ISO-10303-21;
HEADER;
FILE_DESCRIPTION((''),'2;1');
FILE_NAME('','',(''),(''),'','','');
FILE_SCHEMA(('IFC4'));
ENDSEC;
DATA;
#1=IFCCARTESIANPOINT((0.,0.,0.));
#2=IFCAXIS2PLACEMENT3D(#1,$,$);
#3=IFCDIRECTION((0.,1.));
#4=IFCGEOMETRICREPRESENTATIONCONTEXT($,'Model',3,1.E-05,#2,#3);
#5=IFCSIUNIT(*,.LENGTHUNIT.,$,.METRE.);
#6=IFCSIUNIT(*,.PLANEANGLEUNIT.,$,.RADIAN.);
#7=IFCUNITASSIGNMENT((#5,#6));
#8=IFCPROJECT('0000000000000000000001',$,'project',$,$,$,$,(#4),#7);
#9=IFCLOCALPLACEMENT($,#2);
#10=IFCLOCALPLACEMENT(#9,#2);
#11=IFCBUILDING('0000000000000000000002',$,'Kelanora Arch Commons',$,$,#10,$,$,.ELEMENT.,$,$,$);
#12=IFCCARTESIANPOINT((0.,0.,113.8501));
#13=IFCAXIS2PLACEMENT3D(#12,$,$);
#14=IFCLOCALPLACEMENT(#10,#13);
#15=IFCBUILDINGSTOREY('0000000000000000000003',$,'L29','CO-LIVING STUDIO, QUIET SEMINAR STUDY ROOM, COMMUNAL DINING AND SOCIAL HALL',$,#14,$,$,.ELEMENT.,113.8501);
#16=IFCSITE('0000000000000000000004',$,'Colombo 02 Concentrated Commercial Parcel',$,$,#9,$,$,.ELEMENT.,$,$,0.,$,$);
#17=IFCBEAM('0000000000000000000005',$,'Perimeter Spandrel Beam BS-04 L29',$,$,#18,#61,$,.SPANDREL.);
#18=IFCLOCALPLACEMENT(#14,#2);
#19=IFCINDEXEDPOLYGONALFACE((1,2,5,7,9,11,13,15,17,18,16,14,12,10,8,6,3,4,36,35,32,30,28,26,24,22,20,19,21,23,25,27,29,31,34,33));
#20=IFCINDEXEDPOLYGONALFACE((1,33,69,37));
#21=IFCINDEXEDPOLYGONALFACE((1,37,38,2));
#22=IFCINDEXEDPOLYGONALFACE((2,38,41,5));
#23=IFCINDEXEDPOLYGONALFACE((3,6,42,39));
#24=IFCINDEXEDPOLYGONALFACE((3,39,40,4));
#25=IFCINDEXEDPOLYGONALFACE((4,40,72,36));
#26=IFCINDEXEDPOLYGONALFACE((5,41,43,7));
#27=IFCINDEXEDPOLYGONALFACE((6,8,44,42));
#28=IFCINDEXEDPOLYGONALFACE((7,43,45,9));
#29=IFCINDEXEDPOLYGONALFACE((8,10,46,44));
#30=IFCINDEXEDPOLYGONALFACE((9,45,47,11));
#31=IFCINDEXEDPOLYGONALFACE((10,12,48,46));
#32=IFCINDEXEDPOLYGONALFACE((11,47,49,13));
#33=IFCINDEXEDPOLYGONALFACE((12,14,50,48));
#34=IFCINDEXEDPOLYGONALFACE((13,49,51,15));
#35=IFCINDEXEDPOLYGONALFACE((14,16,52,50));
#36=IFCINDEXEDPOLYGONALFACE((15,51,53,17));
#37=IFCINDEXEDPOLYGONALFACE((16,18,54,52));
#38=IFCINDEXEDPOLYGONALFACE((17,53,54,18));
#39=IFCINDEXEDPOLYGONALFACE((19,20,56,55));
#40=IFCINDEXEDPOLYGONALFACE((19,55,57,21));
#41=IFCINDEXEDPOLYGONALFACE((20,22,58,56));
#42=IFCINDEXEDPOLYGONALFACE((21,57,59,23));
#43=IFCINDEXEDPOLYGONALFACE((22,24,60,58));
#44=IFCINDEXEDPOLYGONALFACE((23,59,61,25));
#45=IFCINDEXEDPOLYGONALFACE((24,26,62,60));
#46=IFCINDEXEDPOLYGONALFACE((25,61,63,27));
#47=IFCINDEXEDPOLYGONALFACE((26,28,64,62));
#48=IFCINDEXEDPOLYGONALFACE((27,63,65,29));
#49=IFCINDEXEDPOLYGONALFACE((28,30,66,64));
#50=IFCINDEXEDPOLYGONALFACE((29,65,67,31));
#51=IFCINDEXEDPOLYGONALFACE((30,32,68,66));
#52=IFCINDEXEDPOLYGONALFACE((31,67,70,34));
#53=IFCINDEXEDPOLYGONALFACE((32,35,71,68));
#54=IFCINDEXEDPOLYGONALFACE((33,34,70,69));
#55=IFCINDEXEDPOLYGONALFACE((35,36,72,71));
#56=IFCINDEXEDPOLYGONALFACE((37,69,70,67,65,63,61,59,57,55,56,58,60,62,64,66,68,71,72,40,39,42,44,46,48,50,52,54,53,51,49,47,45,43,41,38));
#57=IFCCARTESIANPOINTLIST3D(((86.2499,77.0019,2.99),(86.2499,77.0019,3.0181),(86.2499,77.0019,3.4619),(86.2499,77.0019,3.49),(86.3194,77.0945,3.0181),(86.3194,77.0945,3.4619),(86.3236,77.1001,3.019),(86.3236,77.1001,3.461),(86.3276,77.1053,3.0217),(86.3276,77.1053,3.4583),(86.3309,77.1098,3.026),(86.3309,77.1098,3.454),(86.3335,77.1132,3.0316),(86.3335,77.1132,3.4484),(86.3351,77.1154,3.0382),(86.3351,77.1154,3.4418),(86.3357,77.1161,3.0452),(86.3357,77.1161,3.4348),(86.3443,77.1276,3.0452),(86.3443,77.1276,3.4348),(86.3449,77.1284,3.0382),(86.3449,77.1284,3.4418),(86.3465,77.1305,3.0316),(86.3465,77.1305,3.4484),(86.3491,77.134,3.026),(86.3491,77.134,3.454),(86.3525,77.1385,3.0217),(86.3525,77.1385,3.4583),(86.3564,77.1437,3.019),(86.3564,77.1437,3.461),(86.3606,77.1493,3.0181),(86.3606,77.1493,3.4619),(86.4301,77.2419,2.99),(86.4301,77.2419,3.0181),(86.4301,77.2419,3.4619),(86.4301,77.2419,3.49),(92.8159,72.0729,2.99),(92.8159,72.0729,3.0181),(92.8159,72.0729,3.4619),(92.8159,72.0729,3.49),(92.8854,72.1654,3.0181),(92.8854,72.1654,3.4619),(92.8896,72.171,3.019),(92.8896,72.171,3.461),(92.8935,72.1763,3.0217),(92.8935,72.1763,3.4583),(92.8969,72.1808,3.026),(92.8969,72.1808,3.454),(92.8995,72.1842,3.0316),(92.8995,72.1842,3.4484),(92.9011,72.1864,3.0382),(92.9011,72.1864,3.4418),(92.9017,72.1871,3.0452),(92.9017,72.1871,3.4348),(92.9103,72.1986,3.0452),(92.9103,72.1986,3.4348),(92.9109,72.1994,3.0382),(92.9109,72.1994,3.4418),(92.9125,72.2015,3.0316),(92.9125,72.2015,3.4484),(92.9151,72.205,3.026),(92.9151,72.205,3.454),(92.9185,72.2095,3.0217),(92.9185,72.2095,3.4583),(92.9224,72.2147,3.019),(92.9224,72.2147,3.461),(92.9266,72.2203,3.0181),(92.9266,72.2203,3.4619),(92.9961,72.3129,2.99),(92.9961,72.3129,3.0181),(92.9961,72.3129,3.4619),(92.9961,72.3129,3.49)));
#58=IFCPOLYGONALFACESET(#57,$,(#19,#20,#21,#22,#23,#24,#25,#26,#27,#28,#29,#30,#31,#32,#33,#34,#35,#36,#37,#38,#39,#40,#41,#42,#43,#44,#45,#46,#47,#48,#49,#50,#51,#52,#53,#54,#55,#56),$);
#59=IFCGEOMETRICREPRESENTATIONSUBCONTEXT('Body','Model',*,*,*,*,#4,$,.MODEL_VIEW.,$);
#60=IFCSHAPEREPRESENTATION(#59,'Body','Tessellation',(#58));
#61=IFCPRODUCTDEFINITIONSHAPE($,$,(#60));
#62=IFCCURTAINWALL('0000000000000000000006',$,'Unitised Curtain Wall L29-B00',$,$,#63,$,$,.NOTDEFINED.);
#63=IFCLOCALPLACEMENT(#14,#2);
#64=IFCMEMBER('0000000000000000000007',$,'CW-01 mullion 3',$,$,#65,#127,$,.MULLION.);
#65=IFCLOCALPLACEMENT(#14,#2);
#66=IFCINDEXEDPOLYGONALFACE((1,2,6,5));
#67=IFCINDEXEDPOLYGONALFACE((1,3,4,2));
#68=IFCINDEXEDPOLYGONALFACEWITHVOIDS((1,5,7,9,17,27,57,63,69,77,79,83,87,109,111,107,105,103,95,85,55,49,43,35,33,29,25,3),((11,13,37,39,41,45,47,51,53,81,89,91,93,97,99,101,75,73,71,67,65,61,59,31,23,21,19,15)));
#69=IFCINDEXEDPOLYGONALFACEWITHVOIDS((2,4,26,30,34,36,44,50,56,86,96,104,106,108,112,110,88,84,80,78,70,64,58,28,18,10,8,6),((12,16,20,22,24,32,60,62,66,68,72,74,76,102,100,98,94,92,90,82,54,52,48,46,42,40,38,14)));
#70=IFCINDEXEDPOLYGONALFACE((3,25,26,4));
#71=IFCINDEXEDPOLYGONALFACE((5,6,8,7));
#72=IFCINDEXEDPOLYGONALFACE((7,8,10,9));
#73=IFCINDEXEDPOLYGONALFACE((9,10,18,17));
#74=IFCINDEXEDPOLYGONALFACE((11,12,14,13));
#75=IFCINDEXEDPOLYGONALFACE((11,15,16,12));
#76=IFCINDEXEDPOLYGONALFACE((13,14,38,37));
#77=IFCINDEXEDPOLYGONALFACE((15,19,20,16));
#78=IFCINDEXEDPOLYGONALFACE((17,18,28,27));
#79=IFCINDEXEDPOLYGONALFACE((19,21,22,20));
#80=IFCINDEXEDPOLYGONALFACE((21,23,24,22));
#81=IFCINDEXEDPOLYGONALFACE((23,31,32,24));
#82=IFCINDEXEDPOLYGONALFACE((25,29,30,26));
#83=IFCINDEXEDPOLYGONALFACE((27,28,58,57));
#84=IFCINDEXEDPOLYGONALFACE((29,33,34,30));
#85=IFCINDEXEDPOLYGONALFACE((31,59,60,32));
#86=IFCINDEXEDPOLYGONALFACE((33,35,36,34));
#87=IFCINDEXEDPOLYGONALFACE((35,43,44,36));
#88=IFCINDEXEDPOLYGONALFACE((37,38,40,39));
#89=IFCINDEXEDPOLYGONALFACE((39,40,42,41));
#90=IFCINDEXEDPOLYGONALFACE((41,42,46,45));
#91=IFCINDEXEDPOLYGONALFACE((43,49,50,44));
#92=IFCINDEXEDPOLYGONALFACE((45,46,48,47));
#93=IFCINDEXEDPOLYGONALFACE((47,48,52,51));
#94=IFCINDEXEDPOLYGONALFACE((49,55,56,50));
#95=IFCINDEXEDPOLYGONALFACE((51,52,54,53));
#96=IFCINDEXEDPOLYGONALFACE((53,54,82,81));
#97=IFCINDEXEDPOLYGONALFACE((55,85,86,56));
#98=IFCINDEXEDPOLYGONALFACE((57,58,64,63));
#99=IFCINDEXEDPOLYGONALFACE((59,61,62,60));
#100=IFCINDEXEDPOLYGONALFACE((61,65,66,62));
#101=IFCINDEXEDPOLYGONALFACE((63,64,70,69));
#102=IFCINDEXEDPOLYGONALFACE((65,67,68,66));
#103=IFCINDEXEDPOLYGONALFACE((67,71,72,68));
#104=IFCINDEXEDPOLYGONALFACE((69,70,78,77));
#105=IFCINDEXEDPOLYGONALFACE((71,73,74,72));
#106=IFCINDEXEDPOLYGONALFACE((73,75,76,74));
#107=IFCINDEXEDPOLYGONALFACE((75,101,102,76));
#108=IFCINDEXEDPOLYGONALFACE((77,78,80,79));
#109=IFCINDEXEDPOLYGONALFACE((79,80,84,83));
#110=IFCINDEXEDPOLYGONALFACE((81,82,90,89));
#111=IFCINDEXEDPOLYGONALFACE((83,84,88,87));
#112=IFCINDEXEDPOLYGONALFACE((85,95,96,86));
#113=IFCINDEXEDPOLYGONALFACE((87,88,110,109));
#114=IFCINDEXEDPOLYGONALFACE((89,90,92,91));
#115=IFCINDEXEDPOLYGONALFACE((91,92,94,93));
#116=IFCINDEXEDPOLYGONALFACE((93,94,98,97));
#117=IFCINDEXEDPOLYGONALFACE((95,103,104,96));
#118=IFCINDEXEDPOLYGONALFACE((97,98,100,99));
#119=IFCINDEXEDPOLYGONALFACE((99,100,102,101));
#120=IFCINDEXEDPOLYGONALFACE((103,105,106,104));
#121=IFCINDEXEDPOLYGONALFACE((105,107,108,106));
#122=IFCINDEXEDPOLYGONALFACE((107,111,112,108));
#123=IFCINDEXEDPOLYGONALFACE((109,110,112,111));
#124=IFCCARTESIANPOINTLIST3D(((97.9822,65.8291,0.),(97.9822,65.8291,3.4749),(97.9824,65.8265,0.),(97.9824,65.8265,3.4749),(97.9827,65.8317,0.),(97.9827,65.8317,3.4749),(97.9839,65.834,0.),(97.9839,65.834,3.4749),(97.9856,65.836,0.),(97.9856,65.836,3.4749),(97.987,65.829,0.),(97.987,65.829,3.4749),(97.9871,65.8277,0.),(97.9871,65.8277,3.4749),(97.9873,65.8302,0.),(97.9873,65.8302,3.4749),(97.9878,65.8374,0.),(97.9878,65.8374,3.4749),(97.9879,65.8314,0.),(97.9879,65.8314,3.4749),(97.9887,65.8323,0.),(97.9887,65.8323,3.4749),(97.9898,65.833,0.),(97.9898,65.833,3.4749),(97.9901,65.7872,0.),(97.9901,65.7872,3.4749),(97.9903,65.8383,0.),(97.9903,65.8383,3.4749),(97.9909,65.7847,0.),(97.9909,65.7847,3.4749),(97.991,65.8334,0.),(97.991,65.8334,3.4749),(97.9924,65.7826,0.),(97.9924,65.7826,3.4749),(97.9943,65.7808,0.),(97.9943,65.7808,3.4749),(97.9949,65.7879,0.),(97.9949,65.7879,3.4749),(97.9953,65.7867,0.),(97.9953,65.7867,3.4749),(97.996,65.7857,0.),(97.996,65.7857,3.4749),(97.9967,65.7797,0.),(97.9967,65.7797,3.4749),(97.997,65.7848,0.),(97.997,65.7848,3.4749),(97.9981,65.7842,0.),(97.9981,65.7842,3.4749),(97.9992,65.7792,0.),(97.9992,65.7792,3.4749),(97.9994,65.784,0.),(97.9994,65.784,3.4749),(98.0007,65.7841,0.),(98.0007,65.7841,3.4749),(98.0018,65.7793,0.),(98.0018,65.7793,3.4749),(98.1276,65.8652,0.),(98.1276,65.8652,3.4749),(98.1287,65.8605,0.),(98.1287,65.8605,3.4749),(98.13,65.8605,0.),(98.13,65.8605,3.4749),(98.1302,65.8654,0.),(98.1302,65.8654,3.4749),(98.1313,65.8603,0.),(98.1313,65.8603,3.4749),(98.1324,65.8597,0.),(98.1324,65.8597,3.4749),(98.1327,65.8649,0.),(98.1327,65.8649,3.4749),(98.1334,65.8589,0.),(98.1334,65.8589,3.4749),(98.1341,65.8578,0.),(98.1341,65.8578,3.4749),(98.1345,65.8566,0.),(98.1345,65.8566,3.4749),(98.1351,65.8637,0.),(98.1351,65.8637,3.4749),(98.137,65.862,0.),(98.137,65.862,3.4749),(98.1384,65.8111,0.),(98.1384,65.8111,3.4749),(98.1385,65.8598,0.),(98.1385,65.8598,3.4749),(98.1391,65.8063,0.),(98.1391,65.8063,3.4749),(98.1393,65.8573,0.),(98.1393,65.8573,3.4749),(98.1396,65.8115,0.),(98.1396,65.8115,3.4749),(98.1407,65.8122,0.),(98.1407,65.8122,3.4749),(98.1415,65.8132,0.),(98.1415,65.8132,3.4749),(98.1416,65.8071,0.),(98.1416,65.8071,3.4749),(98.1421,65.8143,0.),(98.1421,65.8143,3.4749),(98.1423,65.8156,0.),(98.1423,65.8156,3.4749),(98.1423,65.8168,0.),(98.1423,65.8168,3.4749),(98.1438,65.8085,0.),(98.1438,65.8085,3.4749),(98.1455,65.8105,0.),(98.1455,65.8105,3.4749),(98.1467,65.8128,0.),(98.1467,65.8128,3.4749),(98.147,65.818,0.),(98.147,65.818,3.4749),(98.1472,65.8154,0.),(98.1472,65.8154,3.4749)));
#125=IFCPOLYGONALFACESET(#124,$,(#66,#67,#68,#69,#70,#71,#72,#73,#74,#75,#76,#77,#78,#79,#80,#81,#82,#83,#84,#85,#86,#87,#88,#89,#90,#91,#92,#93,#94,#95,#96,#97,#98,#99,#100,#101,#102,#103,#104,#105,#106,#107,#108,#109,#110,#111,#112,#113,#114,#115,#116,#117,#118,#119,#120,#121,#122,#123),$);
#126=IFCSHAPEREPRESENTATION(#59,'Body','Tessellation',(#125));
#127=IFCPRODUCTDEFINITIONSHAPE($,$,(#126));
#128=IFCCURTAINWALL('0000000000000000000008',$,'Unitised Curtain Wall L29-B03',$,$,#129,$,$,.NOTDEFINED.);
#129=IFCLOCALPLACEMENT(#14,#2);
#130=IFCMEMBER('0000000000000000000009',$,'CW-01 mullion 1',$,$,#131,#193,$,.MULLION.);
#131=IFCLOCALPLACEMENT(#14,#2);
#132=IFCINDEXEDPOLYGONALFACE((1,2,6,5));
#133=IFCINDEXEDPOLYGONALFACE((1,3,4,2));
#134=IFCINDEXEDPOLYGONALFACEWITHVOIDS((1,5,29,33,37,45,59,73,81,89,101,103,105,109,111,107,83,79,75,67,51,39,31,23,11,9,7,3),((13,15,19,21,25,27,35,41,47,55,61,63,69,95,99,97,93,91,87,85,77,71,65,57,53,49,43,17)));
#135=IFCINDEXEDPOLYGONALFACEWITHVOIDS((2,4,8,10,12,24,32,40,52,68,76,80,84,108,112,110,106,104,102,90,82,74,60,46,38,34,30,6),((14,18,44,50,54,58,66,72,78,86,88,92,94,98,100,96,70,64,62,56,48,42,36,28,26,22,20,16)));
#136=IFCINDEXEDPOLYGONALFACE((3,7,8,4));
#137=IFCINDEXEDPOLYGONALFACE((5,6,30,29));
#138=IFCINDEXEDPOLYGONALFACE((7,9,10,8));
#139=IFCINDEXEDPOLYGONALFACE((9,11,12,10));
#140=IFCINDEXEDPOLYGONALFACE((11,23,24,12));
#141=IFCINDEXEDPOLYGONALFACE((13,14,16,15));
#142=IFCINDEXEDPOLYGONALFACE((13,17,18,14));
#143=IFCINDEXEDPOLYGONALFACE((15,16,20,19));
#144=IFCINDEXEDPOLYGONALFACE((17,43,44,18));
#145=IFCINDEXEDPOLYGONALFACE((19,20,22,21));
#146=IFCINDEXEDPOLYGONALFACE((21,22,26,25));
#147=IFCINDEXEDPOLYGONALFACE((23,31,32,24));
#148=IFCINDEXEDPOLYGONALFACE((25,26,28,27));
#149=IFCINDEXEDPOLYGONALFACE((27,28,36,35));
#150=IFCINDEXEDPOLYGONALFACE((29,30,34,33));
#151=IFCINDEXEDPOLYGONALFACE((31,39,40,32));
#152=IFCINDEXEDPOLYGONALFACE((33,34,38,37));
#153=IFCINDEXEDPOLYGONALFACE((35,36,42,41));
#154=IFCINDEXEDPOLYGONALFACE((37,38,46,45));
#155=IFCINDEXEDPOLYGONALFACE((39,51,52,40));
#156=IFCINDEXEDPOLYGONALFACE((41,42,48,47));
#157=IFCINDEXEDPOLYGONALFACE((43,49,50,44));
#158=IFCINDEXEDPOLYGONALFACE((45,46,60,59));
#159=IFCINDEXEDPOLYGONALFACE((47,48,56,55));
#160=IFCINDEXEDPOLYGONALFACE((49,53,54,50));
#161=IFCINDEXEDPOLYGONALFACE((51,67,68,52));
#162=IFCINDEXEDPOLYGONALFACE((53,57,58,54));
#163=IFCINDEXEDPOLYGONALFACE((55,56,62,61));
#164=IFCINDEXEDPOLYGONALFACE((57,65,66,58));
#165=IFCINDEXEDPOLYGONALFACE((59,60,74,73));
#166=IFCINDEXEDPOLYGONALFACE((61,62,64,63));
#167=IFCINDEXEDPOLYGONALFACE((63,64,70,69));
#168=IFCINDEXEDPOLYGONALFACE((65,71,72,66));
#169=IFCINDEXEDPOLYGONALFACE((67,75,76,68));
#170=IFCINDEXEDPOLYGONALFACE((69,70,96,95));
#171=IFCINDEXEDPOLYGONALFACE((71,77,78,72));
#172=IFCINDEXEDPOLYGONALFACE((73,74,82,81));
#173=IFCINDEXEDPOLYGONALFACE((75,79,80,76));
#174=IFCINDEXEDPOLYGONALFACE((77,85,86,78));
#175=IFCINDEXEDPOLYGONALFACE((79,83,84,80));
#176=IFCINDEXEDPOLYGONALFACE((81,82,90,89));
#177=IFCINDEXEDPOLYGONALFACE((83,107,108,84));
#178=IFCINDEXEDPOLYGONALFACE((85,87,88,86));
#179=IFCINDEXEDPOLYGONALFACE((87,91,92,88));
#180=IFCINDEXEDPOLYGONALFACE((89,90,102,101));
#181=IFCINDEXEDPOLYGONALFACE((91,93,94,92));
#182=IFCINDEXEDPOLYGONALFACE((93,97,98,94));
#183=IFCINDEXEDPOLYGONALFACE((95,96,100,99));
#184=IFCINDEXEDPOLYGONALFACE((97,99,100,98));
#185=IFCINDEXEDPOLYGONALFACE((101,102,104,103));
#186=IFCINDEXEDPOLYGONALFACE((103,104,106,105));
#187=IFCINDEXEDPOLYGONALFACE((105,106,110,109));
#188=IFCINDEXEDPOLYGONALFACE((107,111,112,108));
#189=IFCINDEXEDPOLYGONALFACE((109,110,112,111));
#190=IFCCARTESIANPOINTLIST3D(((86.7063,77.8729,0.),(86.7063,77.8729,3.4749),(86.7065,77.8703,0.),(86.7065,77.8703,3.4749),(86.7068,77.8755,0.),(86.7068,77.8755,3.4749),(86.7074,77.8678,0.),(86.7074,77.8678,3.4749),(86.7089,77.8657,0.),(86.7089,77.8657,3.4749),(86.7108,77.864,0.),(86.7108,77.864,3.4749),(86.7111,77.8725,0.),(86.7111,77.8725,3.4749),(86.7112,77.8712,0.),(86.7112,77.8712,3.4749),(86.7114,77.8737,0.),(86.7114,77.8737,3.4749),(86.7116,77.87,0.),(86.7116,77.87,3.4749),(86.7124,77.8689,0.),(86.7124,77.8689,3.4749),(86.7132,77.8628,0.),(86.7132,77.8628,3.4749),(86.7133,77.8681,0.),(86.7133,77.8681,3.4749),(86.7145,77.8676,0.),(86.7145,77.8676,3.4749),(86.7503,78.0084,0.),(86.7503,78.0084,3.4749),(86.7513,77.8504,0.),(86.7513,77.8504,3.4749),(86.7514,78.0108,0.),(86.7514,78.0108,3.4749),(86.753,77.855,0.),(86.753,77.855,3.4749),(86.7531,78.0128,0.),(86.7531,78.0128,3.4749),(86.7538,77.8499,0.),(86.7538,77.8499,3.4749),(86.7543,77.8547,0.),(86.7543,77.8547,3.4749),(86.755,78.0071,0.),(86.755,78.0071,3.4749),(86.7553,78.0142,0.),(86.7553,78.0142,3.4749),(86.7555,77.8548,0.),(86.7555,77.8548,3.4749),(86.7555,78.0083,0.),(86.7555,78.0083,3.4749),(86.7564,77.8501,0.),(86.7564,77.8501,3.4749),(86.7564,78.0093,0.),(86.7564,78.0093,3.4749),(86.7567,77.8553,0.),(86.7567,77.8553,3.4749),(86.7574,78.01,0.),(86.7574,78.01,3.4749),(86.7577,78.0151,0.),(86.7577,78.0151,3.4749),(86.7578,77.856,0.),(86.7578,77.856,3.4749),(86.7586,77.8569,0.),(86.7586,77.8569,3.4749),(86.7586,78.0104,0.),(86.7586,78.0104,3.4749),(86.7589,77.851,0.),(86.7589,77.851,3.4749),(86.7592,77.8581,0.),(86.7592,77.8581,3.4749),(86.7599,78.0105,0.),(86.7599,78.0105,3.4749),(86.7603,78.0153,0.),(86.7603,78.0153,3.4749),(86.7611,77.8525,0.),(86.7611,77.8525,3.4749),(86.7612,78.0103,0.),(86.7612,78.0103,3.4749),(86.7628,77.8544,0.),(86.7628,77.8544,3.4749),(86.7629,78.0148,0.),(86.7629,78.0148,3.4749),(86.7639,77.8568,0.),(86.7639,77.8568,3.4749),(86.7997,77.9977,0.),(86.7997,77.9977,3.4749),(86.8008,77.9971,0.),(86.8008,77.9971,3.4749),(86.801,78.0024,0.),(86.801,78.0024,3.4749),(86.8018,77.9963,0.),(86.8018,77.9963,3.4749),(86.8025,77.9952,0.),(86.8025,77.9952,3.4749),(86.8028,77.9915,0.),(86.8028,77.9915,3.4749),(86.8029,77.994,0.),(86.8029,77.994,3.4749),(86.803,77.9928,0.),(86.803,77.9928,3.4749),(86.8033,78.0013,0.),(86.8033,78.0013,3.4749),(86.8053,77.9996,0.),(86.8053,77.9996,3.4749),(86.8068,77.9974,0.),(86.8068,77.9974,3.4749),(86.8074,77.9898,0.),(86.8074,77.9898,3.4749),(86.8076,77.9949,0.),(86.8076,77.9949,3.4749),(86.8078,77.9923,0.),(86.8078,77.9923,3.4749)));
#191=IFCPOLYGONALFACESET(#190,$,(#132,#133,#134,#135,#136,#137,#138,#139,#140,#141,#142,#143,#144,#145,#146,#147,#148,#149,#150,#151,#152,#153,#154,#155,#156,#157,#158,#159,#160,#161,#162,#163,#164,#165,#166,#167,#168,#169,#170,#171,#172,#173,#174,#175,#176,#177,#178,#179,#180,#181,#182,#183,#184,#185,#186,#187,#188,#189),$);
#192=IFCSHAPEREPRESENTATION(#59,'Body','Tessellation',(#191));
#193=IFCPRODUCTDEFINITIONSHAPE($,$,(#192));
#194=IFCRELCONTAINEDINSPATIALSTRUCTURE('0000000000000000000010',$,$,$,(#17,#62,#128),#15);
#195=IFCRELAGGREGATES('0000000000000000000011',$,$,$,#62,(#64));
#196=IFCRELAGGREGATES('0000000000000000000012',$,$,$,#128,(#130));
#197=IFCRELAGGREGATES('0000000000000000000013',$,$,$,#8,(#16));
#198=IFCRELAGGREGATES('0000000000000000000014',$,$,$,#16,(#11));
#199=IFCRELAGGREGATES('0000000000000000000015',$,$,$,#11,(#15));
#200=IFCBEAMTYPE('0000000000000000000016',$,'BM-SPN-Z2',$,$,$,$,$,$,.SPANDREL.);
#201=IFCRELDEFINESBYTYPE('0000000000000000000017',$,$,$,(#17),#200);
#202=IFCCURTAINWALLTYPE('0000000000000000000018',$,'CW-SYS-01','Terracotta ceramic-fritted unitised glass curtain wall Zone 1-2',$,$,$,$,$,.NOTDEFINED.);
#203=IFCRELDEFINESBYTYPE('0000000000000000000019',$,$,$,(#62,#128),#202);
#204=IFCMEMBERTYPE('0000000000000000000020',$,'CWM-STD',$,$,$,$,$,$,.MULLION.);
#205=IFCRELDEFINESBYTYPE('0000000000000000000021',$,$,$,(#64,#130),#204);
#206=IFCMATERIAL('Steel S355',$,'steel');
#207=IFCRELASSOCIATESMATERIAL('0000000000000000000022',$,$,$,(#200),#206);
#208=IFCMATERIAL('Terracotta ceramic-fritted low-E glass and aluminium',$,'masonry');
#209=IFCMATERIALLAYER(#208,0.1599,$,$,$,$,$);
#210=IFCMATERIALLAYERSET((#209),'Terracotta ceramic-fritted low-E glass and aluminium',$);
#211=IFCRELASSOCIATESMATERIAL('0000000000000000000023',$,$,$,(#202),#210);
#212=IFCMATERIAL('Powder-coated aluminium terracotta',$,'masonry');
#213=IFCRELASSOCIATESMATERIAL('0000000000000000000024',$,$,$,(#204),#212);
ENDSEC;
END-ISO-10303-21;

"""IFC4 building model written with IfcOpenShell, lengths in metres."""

from ifc_helpers import new_model, si_unit, direction, frame, origin, origin_2d, place, context, subcontext, project, spatial, hollow_rectangle, i_section, extrude, material, layer, layer_set, material_profile, profile_set, type_object, element, aggregate, save


model = new_model("IFC4")

# Units and contexts
model_context = context("Model", 3, precision=1e-05, world=origin(), true_north=direction((0.0, 1.0)))
body_context = subcontext(model_context, "Body", "Model", "MODEL_VIEW")
ifc_project = project(units=[si_unit("LENGTHUNIT", "METRE"), si_unit("PLANEANGLEUNIT", "RADIAN")], contexts=[model_context])

# Site, building, storey
site_placement = place(None, origin())
site = spatial("IfcSite", under=ifc_project, at=site_placement, Name="Colombo 02 Concentrated Commercial Parcel", CompositionType="ELEMENT", RefElevation=0.0)
building_placement = place(site_placement, origin())
building = spatial("IfcBuilding", under=site, at=building_placement, Name="Kelanora Arch Commons", CompositionType="ELEMENT")
storey_placement = place(building_placement, frame((0.0, 0.0, 113.8501)))
storey = spatial("IfcBuildingStorey", under=building, at=storey_placement, Name="L29", Description="CO-LIVING STUDIO, QUIET SEMINAR STUDY ROOM, COMMUNAL DINING AND SOCIAL HALL", CompositionType="ELEMENT", Elevation=113.8501)

# Beam
ifc_material_1 = material(Name="Steel S355", Category="steel")
ifc_material_profile_1 = material_profile(ifc_material_1, i_section(OverallWidth=0.3, OverallDepth=0.5, WebThickness=0.0144, FlangeThickness=0.0281, FilletRadius=0.0271, at=origin_2d()), Name="HEB500")
ifc_profile_set_1 = profile_set([ifc_material_profile_1], Name="Steel S355")
beam_type_1 = type_object("IfcBeamType", Name="BM-SPN-Z2", PredefinedType="SPANDREL", material=ifc_profile_set_1)
beam_1_placement = place(storey_placement, frame((92.906, 72.1929, 3.24), z_axis=(-0.799736, 0.600352, 0.0), x_axis=(-0.600352, -0.799736, 0.0)))
element("IfcBeam", 1, at=beam_1_placement, inside=storey, type_object=beam_type_1, Name="Perimeter Spandrel Beam BS-04 L29", PredefinedType="SPANDREL", context=body_context, shape_type="SweptSolid", body=[
    extrude(i_section(OverallWidth=0.3, OverallDepth=0.5, WebThickness=0.0144, FlangeThickness=0.0281, FilletRadius=0.0271, at=origin_2d()), origin(), (0.0, 0.0, 1.0), 8.2102),
])

# Curtain wall, member
ifc_material_2 = material(Name="Terracotta ceramic-fritted low-E glass and aluminium", Category="masonry")
ifc_layer_1 = layer(ifc_material_2, 0.1599)
ifc_layer_set_1 = layer_set([ifc_layer_1], Name="Terracotta ceramic-fritted low-E glass and aluminium")
curtain_wall_type = type_object("IfcCurtainWallType", Name="CW-SYS-01", Description="Terracotta ceramic-fritted unitised glass curtain wall Zone 1-2", PredefinedType="NOTDEFINED", material=ifc_layer_set_1)
curtain_wall_1_placement = place(storey_placement, origin())
curtain_wall_1 = element("IfcCurtainWall", 2, at=curtain_wall_1_placement, inside=storey, type_object=curtain_wall_type, Name="Unitised Curtain Wall L29-B00", PredefinedType="NOTDEFINED")
ifc_material_3 = material(Name="Powder-coated aluminium terracotta", Category="masonry")
ifc_material_profile_2 = material_profile(ifc_material_3, hollow_rectangle(XDim=0.1599, YDim=0.0601, WallThickness=0.0049, InnerFilletRadius=0.0049, OuterFilletRadius=0.01, at=origin_2d()), Name="CWM160x60")
ifc_profile_set_2 = profile_set([ifc_material_profile_2], Name="Powder-coated aluminium terracotta")
member_type_1 = type_object("IfcMemberType", Name="CWM-STD", PredefinedType="MULLION", material=ifc_profile_set_2)
member_1_placement = place(storey_placement, frame((98.0647, 65.8223, 0.0), z_axis=(0.0, 0.0, 1.0), x_axis=(-0.98128, -0.192585, 0.0)))
member_1 = element("IfcMember", 3, at=member_1_placement, type_object=member_type_1, Name="CW-01 mullion 3", PredefinedType="MULLION", context=body_context, shape_type="SweptSolid", body=[
    extrude(hollow_rectangle(XDim=0.1599, YDim=0.0601, WallThickness=0.0049, InnerFilletRadius=0.0049, OuterFilletRadius=0.01, at=origin_2d()), origin(), (0.0, 0.0, 1.0), 3.4749),
])
aggregate(curtain_wall_1, [member_1])

# Curtain wall, member
curtain_wall_2_placement = place(storey_placement, origin())
curtain_wall_2 = element("IfcCurtainWall", 4, at=curtain_wall_2_placement, inside=storey, type_object=curtain_wall_type, Name="Unitised Curtain Wall L29-B03", PredefinedType="NOTDEFINED")
member_2_placement = place(storey_placement, frame((86.7571, 77.9326, 0.0), z_axis=(0.0, 0.0, 1.0), x_axis=(-0.310805, -0.950474, 0.0)))
member_2 = element("IfcMember", 5, at=member_2_placement, type_object=member_type_1, Name="CW-01 mullion 1", PredefinedType="MULLION", context=body_context, shape_type="SweptSolid", body=[
    extrude(hollow_rectangle(XDim=0.1599, YDim=0.0601, WallThickness=0.0049, InnerFilletRadius=0.0049, OuterFilletRadius=0.01, at=origin_2d()), origin(), (0.0, 0.0, 1.0), 3.4749),
])
aggregate(curtain_wall_2, [member_2])

save(model, "model.ifc")
